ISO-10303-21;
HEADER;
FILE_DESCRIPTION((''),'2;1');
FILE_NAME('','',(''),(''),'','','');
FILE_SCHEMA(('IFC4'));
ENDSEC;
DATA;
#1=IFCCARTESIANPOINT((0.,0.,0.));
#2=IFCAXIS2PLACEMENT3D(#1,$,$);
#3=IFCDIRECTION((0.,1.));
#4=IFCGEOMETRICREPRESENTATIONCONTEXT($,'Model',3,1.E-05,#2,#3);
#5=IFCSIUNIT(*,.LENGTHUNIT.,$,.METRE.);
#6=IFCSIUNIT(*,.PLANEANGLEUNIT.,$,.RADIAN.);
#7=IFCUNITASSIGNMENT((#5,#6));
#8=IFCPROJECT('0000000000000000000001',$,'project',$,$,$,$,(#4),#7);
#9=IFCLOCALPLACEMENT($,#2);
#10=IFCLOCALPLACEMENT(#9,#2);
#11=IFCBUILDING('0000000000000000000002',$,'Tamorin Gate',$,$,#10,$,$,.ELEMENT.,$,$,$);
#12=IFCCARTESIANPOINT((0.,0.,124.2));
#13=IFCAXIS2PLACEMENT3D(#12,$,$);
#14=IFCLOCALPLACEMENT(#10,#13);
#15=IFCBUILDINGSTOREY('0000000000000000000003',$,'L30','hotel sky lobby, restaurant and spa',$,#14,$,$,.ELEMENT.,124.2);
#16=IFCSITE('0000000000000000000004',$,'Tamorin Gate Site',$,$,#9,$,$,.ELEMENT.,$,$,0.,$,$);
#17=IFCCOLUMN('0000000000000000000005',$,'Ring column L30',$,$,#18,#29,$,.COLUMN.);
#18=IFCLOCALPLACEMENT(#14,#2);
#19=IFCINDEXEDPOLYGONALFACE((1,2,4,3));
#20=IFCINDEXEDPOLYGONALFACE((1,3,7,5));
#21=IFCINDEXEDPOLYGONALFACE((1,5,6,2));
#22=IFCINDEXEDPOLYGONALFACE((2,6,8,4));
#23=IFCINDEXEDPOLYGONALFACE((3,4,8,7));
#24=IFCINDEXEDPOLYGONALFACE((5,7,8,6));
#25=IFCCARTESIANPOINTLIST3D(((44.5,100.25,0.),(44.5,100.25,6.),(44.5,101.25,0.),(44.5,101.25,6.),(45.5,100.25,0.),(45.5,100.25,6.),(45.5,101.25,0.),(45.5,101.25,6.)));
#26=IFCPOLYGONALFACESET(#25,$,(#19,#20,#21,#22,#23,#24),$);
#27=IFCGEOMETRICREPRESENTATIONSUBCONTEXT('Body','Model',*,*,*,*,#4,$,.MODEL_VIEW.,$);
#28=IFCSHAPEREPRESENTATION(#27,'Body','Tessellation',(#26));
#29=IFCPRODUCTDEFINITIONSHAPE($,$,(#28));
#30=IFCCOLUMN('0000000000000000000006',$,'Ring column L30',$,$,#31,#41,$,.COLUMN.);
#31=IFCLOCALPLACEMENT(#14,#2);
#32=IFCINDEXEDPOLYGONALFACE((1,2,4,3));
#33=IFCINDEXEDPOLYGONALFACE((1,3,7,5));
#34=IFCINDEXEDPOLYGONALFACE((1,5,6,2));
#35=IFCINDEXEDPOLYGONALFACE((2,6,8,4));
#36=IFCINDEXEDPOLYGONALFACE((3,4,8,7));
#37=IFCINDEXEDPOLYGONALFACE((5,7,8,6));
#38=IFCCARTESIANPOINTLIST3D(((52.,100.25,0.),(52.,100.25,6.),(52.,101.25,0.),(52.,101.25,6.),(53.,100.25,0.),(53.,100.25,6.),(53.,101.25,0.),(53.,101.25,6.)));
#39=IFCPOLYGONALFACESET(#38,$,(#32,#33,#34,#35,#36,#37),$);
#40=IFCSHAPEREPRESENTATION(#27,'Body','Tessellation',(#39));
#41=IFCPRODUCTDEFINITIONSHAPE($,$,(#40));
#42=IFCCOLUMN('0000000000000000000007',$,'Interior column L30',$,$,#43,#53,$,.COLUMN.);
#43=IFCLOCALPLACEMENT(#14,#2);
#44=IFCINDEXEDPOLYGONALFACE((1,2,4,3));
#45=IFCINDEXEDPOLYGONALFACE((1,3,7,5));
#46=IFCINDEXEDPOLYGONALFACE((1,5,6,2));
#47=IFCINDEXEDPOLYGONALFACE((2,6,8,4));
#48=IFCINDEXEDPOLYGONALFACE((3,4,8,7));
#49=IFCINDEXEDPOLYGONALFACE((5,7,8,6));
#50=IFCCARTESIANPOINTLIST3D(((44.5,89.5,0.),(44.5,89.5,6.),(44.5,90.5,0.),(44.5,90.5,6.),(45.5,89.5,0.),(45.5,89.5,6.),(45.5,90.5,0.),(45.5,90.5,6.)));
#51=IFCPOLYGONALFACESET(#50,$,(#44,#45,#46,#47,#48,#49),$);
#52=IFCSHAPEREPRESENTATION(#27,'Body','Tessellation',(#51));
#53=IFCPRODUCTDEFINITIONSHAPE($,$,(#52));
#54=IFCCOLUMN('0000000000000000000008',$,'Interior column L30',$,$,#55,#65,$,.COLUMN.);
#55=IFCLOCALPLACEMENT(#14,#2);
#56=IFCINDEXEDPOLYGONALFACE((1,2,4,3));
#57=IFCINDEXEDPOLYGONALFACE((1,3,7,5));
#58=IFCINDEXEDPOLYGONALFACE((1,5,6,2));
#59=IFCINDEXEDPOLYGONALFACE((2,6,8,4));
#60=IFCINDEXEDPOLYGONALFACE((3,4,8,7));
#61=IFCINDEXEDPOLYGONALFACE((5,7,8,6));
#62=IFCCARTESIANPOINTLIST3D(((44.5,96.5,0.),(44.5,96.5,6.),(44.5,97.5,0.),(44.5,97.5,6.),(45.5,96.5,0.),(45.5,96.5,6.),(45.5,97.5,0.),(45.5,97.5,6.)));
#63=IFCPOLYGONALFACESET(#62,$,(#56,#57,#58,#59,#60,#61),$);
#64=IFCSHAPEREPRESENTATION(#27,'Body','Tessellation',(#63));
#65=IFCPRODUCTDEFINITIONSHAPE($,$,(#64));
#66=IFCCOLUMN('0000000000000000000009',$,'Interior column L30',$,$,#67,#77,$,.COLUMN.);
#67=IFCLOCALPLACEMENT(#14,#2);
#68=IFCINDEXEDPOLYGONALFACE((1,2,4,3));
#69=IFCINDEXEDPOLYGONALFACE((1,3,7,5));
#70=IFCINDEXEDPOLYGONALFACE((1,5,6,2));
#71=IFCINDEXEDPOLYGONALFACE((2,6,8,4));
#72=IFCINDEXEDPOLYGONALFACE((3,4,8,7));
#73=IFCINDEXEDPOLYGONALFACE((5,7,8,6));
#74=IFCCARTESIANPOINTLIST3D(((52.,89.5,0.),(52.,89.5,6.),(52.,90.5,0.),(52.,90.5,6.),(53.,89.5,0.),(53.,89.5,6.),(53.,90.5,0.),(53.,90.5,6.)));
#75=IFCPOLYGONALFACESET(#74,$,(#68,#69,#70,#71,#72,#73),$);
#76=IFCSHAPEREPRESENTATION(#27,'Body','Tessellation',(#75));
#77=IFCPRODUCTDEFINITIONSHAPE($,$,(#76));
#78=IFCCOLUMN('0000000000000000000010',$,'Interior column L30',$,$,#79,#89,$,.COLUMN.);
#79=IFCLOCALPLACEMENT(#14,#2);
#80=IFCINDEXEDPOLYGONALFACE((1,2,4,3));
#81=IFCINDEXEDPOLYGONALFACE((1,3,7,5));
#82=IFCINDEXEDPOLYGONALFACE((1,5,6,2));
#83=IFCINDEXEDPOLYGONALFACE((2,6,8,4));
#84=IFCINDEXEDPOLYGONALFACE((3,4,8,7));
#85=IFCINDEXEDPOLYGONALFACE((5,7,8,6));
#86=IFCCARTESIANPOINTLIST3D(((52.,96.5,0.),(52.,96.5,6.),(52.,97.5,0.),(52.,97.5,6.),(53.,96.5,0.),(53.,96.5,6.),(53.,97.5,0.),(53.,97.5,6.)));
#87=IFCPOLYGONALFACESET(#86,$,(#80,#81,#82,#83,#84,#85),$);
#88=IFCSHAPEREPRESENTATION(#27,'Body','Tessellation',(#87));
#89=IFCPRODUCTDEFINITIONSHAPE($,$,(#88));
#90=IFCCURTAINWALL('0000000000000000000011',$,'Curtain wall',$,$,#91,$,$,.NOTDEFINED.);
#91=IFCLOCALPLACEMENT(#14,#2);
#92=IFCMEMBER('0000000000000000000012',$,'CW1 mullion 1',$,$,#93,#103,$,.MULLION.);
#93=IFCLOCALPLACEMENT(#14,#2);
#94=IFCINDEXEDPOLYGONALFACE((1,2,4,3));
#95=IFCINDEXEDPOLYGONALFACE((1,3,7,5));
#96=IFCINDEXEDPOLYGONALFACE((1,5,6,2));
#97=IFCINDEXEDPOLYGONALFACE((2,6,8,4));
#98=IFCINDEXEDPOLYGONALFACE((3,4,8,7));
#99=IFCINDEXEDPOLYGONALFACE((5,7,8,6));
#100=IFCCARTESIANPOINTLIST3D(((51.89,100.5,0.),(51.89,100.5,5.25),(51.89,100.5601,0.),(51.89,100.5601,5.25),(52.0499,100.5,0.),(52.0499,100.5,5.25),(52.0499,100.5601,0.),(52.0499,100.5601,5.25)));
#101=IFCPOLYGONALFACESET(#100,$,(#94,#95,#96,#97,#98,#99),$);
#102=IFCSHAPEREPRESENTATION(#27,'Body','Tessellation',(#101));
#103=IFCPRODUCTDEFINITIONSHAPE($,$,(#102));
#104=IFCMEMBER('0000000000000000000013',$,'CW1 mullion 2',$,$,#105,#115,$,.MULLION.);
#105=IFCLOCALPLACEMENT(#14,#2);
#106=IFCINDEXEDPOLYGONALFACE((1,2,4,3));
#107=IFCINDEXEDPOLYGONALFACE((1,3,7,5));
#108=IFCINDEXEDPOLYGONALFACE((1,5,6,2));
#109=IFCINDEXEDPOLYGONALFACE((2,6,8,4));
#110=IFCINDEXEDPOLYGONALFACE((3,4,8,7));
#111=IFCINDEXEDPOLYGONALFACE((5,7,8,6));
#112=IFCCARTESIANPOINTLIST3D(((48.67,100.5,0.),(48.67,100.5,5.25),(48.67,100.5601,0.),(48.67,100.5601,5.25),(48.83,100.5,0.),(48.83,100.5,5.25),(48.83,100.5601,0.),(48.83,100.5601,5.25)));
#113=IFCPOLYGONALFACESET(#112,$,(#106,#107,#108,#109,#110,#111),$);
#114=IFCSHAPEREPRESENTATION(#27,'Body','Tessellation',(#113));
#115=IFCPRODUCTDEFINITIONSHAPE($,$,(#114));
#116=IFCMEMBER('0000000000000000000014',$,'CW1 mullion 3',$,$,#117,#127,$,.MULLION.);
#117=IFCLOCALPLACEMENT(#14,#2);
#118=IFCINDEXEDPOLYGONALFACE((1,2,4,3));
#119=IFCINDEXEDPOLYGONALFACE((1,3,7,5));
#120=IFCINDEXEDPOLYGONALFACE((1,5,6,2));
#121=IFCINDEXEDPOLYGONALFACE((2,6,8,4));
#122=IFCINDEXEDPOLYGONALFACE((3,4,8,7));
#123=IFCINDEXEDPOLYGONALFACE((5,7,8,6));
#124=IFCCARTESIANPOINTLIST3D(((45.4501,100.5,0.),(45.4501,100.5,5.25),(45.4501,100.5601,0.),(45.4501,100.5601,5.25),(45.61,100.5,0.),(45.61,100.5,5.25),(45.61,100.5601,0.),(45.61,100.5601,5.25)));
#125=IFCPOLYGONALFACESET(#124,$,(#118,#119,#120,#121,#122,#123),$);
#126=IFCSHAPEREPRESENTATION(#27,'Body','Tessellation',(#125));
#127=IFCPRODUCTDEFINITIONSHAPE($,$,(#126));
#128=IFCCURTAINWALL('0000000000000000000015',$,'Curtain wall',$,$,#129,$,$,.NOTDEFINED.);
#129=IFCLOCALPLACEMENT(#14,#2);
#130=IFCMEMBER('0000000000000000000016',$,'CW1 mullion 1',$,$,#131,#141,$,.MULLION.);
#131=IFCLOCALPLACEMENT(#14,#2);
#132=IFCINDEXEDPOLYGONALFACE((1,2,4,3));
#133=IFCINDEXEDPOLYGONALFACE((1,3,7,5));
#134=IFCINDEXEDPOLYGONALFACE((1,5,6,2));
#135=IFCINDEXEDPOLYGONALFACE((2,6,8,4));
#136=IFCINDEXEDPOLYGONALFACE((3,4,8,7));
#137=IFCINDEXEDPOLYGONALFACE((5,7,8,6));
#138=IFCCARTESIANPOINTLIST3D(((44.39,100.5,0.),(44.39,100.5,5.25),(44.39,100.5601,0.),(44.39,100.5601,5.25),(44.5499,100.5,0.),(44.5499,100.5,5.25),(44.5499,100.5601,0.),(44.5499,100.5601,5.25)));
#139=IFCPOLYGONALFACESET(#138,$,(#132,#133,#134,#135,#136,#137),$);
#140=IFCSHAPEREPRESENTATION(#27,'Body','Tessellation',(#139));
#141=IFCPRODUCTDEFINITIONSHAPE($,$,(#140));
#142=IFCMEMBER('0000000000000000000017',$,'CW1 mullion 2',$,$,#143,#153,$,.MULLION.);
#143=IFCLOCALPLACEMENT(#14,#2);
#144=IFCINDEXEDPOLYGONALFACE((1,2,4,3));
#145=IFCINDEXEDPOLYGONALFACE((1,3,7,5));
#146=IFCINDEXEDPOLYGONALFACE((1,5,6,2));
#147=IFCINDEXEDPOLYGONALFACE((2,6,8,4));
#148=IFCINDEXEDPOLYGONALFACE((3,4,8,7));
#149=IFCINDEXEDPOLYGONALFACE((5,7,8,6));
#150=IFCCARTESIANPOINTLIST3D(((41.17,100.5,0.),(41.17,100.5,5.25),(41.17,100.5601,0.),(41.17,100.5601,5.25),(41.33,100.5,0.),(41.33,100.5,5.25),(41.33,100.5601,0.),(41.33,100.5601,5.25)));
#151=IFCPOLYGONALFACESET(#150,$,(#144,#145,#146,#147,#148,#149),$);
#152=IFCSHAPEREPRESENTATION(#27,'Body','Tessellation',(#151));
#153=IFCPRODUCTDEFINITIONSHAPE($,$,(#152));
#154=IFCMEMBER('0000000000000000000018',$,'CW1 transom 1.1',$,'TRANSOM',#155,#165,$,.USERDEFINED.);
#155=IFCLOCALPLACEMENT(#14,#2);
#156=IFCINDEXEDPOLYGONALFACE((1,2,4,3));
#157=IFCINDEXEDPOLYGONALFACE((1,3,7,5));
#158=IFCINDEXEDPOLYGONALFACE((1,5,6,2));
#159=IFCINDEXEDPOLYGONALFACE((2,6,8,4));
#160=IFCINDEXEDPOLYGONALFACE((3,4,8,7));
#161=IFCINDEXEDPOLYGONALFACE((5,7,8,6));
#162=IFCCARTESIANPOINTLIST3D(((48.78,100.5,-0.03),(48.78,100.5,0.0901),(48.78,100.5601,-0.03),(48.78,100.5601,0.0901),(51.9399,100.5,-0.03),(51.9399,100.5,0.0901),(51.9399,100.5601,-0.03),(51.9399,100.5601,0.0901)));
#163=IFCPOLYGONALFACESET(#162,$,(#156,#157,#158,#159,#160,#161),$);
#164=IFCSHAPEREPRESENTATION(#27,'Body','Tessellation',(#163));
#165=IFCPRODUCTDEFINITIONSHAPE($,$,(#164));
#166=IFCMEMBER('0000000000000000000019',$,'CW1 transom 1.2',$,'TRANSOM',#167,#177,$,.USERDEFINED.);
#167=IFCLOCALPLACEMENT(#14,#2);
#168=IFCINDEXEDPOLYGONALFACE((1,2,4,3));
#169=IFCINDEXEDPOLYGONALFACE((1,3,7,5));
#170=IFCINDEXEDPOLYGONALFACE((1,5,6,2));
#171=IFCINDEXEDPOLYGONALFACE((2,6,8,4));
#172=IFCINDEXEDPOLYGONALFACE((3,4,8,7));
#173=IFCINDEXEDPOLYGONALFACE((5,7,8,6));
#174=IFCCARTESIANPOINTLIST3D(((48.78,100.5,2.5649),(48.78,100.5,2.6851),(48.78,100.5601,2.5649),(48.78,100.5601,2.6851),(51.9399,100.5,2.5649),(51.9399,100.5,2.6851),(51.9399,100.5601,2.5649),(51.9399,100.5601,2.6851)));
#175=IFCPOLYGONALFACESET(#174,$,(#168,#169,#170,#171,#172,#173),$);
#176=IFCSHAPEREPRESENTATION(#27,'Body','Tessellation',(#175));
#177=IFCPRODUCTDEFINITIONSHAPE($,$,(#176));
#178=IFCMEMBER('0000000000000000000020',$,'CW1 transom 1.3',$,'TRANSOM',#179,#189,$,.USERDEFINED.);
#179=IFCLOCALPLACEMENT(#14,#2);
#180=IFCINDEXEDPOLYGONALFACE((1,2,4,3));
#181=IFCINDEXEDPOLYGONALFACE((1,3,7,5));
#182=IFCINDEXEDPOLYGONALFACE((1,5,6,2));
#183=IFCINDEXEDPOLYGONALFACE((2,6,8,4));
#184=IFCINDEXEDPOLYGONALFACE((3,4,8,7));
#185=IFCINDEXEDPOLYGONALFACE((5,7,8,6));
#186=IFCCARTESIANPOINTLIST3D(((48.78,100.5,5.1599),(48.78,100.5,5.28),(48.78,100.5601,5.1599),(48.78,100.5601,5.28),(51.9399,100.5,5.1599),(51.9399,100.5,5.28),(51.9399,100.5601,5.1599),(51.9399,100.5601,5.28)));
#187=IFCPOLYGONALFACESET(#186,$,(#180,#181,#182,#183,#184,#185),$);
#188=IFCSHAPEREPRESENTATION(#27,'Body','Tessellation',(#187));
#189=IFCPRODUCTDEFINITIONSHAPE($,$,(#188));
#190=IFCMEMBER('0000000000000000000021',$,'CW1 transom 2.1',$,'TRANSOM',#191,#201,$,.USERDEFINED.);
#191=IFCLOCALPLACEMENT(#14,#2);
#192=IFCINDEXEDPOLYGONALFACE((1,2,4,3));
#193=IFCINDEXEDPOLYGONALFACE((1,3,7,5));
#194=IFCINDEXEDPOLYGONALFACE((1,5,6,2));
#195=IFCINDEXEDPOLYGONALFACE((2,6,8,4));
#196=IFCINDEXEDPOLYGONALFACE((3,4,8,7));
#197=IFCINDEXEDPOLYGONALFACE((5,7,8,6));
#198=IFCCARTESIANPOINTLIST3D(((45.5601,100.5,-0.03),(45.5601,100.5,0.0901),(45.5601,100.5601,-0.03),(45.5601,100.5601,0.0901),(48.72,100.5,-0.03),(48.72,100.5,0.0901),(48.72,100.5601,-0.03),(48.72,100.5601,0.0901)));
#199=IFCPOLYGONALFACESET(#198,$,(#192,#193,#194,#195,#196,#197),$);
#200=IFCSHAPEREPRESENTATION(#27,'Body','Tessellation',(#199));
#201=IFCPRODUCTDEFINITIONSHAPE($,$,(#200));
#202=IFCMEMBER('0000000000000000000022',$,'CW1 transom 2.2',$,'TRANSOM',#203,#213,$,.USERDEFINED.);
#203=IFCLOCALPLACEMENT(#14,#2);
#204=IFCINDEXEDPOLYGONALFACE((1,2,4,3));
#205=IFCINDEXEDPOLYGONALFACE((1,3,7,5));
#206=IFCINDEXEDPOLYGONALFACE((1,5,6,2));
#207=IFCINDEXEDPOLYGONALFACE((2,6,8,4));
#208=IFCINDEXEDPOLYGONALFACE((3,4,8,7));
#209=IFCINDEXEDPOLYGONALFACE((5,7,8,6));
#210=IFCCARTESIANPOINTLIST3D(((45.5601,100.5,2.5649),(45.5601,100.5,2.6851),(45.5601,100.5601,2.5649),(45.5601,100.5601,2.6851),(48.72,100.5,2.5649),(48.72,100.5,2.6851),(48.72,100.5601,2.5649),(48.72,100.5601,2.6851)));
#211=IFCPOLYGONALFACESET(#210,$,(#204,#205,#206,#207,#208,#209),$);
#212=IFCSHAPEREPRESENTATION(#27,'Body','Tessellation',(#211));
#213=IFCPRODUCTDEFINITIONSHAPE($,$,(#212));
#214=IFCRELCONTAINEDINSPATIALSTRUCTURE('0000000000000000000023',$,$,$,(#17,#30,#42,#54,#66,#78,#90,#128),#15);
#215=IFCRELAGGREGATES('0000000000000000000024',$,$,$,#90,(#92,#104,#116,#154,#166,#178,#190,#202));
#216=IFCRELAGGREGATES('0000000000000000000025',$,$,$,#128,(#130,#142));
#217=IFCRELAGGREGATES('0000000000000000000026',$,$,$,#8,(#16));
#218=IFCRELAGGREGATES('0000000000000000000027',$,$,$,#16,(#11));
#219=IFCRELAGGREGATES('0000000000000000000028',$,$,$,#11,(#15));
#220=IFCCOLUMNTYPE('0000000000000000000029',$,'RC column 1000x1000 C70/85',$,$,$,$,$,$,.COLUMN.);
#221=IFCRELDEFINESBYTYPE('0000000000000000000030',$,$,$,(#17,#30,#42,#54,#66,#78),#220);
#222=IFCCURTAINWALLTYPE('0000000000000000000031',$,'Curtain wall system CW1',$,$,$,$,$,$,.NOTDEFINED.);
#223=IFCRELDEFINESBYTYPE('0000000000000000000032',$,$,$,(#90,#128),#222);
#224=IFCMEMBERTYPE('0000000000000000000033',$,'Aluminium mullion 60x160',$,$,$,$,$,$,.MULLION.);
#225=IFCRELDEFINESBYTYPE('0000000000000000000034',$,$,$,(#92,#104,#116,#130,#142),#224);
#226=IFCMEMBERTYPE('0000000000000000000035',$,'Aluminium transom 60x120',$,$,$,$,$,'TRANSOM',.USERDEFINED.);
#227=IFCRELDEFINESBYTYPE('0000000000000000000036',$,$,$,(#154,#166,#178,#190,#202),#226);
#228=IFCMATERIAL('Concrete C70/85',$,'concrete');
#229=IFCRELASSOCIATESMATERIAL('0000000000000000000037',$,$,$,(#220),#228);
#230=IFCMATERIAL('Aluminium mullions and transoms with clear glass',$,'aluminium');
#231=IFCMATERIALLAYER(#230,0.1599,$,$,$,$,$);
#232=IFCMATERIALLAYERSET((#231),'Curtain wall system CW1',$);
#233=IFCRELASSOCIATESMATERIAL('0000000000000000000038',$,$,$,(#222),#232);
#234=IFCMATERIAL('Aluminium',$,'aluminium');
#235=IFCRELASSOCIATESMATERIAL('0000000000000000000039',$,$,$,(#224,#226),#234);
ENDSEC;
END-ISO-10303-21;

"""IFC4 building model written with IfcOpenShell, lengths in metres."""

from ifc_helpers import new_model, si_unit, direction, frame, origin, origin_2d, place, context, subcontext, project, spatial, rectangle, extrude, material, layer, layer_set, material_profile, profile_set, type_object, element, aggregate, save


model = new_model("IFC4")

# Units and contexts
model_context = context("Model", 3, precision=1e-05, world=origin(), true_north=direction((0.0, 1.0)))
body_context = subcontext(model_context, "Body", "Model", "MODEL_VIEW")
ifc_project = project(units=[si_unit("LENGTHUNIT", "METRE"), si_unit("PLANEANGLEUNIT", "RADIAN")], contexts=[model_context])

# Site, building, storey
site_placement = place(None, origin())
site = spatial("IfcSite", under=ifc_project, at=site_placement, Name="Tamorin Gate Site", CompositionType="ELEMENT", RefElevation=0.0)
building_placement = place(site_placement, origin())
building = spatial("IfcBuilding", under=site, at=building_placement, Name="Tamorin Gate", CompositionType="ELEMENT")
storey_placement = place(building_placement, frame((0.0, 0.0, 124.2)))
storey = spatial("IfcBuildingStorey", under=building, at=storey_placement, Name="L30", Description="hotel sky lobby, restaurant and spa", CompositionType="ELEMENT", Elevation=124.2)

# Columns
ifc_material_1 = material(Name="Concrete C70/85", Category="concrete")
ifc_material_profile_1 = material_profile(ifc_material_1, rectangle(XDim=1.0, YDim=1.0, at=origin_2d()), Name="RC 1000x1000")
ifc_profile_set_1 = profile_set([ifc_material_profile_1], Name="Concrete C70/85")
column_type = type_object("IfcColumnType", Name="RC column 1000x1000 C70/85", PredefinedType="COLUMN", material=ifc_profile_set_1)
for number, where, z_axis, x_axis, name in (
    (1, (45.0, 100.75, 0.0), (0.0, 0.0, 1.0), (1.0, 0.0, 0.0), "Ring column L30"),
    (2, (52.5, 100.75, 0.0), (0.0, 0.0, 1.0), (1.0, 0.0, 0.0), "Ring column L30"),
    (3, (45.0, 90.0, 0.0), (0.0, 0.0, 1.0), (1.0, 0.0, 0.0), "Interior column L30"),
    (4, (45.0, 97.0, 0.0), (0.0, 0.0, 1.0), (1.0, 0.0, 0.0), "Interior column L30"),
    (5, (52.5, 90.0, 0.0), (0.0, 0.0, 1.0), (1.0, 0.0, 0.0), "Interior column L30"),
    (6, (52.5, 97.0, 0.0), (0.0, 0.0, 1.0), (1.0, 0.0, 0.0), "Interior column L30"),
):
    element("IfcColumn", number, at=place(storey_placement, frame(where, z_axis=z_axis, x_axis=x_axis)), inside=storey, type_object=column_type, Name=name, PredefinedType="COLUMN", context=body_context, shape_type="SweptSolid", body=[
        extrude(rectangle(XDim=1.0, YDim=1.0, at=origin_2d()), origin(), (0.0, 0.0, 1.0), 6.0),
    ])

# Curtain walls, members
ifc_material_2 = material(Name="Aluminium mullions and transoms with clear glass", Category="aluminium")
ifc_layer_1 = layer(ifc_material_2, 0.1599)
ifc_layer_set_1 = layer_set([ifc_layer_1], Name="Curtain wall system CW1")
curtain_wall_type = type_object("IfcCurtainWallType", Name="Curtain wall system CW1", PredefinedType="NOTDEFINED", material=ifc_layer_set_1)
curtain_wall_1_placement = place(storey_placement, origin())
curtain_wall_1 = element("IfcCurtainWall", 7, at=curtain_wall_1_placement, inside=storey, type_object=curtain_wall_type, Name="Curtain wall", PredefinedType="NOTDEFINED")
ifc_material_3 = material(Name="Aluminium", Category="aluminium")
ifc_material_profile_2 = material_profile(ifc_material_3, rectangle(XDim=0.0601, YDim=0.1599, at=origin_2d()), Name="RECT 60x160")
ifc_profile_set_2 = profile_set([ifc_material_profile_2], Name="Aluminium")
member_type_1 = type_object("IfcMemberType", Name="Aluminium mullion 60x160", PredefinedType="MULLION", material=ifc_profile_set_2)
member_1_placement = place(storey_placement, frame((51.97, 100.53, 0.0), z_axis=(0.0, 0.0, 1.0), x_axis=(0.0, -1.0, 0.0)))
member_1 = element("IfcMember", 8, at=member_1_placement, type_object=member_type_1, Name="CW1 mullion 1", PredefinedType="MULLION", context=body_context, shape_type="SweptSolid", body=[
    extrude(rectangle(XDim=0.0601, YDim=0.1599, at=origin_2d()), origin(), (0.0, 0.0, 1.0), 5.25),
])
member_2_placement = place(storey_placement, frame((48.75, 100.53, 0.0), z_axis=(0.0, 0.0, 1.0), x_axis=(0.0, -1.0, 0.0)))
member_2 = element("IfcMember", 9, at=member_2_placement, type_object=member_type_1, Name="CW1 mullion 2", PredefinedType="MULLION", context=body_context, shape_type="SweptSolid", body=[
    extrude(rectangle(XDim=0.0601, YDim=0.1599, at=origin_2d()), origin(), (0.0, 0.0, 1.0), 5.25),
])
member_3_placement = place(storey_placement, frame((45.53, 100.53, 0.0), z_axis=(0.0, 0.0, 1.0), x_axis=(0.0, -1.0, 0.0)))
member_3 = element("IfcMember", 10, at=member_3_placement, type_object=member_type_1, Name="CW1 mullion 3", PredefinedType="MULLION", context=body_context, shape_type="SweptSolid", body=[
    extrude(rectangle(XDim=0.0601, YDim=0.1599, at=origin_2d()), origin(), (0.0, 0.0, 1.0), 5.25),
])
curtain_wall_2_placement = place(storey_placement, origin())
curtain_wall_2 = element("IfcCurtainWall", 11, at=curtain_wall_2_placement, inside=storey, type_object=curtain_wall_type, Name="Curtain wall", PredefinedType="NOTDEFINED")
member_4_placement = place(storey_placement, frame((44.47, 100.53, 0.0), z_axis=(0.0, 0.0, 1.0), x_axis=(0.0, -1.0, 0.0)))
member_4 = element("IfcMember", 12, at=member_4_placement, type_object=member_type_1, Name="CW1 mullion 1", PredefinedType="MULLION", context=body_context, shape_type="SweptSolid", body=[
    extrude(rectangle(XDim=0.0601, YDim=0.1599, at=origin_2d()), origin(), (0.0, 0.0, 1.0), 5.25),
])
member_5_placement = place(storey_placement, frame((41.25, 100.53, 0.0), z_axis=(0.0, 0.0, 1.0), x_axis=(0.0, -1.0, 0.0)))
member_5 = element("IfcMember", 13, at=member_5_placement, type_object=member_type_1, Name="CW1 mullion 2", PredefinedType="MULLION", context=body_context, shape_type="SweptSolid", body=[
    extrude(rectangle(XDim=0.0601, YDim=0.1599, at=origin_2d()), origin(), (0.0, 0.0, 1.0), 5.25),
])

# Members
ifc_material_profile_3 = material_profile(ifc_material_3, rectangle(XDim=0.0601, YDim=0.1201, at=origin_2d()), Name="RECT 60x120")
ifc_profile_set_3 = profile_set([ifc_material_profile_3], Name="Aluminium")
member_type_2 = type_object("IfcMemberType", Name="Aluminium transom 60x120", ElementType="TRANSOM", PredefinedType="USERDEFINED", material=ifc_profile_set_3)
member_6_placement = place(storey_placement, frame((51.9399, 100.53, 0.03), z_axis=(-1.0, 0.0, 0.0), x_axis=(0.0, -1.0, 0.0)))
member_6 = element("IfcMember", 14, at=member_6_placement, type_object=member_type_2, Name="CW1 transom 1.1", ObjectType="TRANSOM", PredefinedType="USERDEFINED", context=body_context, shape_type="SweptSolid", body=[
    extrude(rectangle(XDim=0.0601, YDim=0.1201, at=origin_2d()), origin(), (0.0, 0.0, 1.0), 3.1599),
])
member_7_placement = place(storey_placement, frame((51.9399, 100.53, 2.625), z_axis=(-1.0, 0.0, 0.0), x_axis=(0.0, -1.0, 0.0)))
member_7 = element("IfcMember", 15, at=member_7_placement, type_object=member_type_2, Name="CW1 transom 1.2", ObjectType="TRANSOM", PredefinedType="USERDEFINED", context=body_context, shape_type="SweptSolid", body=[
    extrude(rectangle(XDim=0.0601, YDim=0.1201, at=origin_2d()), origin(), (0.0, 0.0, 1.0), 3.1599),
])
member_8_placement = place(storey_placement, frame((51.9399, 100.53, 5.22), z_axis=(-1.0, 0.0, 0.0), x_axis=(0.0, -1.0, 0.0)))
member_8 = element("IfcMember", 16, at=member_8_placement, type_object=member_type_2, Name="CW1 transom 1.3", ObjectType="TRANSOM", PredefinedType="USERDEFINED", context=body_context, shape_type="SweptSolid", body=[
    extrude(rectangle(XDim=0.0601, YDim=0.1201, at=origin_2d()), origin(), (0.0, 0.0, 1.0), 3.1599),
])
member_9_placement = place(storey_placement, frame((48.72, 100.53, 0.03), z_axis=(-1.0, 0.0, 0.0), x_axis=(0.0, -1.0, 0.0)))
member_9 = element("IfcMember", 17, at=member_9_placement, type_object=member_type_2, Name="CW1 transom 2.1", ObjectType="TRANSOM", PredefinedType="USERDEFINED", context=body_context, shape_type="SweptSolid", body=[
    extrude(rectangle(XDim=0.0601, YDim=0.1201, at=origin_2d()), origin(), (0.0, 0.0, 1.0), 3.1599),
])
member_10_placement = place(storey_placement, frame((48.72, 100.53, 2.625), z_axis=(-1.0, 0.0, 0.0), x_axis=(0.0, -1.0, 0.0)))
member_10 = element("IfcMember", 18, at=member_10_placement, type_object=member_type_2, Name="CW1 transom 2.2", ObjectType="TRANSOM", PredefinedType="USERDEFINED", context=body_context, shape_type="SweptSolid", body=[
    extrude(rectangle(XDim=0.0601, YDim=0.1201, at=origin_2d()), origin(), (0.0, 0.0, 1.0), 3.1599),
])

aggregate(curtain_wall_1, [member_1, member_2, member_3, member_6, member_7, member_8, member_9, member_10])
aggregate(curtain_wall_2, [member_4, member_5])

save(model, "model.ifc")
